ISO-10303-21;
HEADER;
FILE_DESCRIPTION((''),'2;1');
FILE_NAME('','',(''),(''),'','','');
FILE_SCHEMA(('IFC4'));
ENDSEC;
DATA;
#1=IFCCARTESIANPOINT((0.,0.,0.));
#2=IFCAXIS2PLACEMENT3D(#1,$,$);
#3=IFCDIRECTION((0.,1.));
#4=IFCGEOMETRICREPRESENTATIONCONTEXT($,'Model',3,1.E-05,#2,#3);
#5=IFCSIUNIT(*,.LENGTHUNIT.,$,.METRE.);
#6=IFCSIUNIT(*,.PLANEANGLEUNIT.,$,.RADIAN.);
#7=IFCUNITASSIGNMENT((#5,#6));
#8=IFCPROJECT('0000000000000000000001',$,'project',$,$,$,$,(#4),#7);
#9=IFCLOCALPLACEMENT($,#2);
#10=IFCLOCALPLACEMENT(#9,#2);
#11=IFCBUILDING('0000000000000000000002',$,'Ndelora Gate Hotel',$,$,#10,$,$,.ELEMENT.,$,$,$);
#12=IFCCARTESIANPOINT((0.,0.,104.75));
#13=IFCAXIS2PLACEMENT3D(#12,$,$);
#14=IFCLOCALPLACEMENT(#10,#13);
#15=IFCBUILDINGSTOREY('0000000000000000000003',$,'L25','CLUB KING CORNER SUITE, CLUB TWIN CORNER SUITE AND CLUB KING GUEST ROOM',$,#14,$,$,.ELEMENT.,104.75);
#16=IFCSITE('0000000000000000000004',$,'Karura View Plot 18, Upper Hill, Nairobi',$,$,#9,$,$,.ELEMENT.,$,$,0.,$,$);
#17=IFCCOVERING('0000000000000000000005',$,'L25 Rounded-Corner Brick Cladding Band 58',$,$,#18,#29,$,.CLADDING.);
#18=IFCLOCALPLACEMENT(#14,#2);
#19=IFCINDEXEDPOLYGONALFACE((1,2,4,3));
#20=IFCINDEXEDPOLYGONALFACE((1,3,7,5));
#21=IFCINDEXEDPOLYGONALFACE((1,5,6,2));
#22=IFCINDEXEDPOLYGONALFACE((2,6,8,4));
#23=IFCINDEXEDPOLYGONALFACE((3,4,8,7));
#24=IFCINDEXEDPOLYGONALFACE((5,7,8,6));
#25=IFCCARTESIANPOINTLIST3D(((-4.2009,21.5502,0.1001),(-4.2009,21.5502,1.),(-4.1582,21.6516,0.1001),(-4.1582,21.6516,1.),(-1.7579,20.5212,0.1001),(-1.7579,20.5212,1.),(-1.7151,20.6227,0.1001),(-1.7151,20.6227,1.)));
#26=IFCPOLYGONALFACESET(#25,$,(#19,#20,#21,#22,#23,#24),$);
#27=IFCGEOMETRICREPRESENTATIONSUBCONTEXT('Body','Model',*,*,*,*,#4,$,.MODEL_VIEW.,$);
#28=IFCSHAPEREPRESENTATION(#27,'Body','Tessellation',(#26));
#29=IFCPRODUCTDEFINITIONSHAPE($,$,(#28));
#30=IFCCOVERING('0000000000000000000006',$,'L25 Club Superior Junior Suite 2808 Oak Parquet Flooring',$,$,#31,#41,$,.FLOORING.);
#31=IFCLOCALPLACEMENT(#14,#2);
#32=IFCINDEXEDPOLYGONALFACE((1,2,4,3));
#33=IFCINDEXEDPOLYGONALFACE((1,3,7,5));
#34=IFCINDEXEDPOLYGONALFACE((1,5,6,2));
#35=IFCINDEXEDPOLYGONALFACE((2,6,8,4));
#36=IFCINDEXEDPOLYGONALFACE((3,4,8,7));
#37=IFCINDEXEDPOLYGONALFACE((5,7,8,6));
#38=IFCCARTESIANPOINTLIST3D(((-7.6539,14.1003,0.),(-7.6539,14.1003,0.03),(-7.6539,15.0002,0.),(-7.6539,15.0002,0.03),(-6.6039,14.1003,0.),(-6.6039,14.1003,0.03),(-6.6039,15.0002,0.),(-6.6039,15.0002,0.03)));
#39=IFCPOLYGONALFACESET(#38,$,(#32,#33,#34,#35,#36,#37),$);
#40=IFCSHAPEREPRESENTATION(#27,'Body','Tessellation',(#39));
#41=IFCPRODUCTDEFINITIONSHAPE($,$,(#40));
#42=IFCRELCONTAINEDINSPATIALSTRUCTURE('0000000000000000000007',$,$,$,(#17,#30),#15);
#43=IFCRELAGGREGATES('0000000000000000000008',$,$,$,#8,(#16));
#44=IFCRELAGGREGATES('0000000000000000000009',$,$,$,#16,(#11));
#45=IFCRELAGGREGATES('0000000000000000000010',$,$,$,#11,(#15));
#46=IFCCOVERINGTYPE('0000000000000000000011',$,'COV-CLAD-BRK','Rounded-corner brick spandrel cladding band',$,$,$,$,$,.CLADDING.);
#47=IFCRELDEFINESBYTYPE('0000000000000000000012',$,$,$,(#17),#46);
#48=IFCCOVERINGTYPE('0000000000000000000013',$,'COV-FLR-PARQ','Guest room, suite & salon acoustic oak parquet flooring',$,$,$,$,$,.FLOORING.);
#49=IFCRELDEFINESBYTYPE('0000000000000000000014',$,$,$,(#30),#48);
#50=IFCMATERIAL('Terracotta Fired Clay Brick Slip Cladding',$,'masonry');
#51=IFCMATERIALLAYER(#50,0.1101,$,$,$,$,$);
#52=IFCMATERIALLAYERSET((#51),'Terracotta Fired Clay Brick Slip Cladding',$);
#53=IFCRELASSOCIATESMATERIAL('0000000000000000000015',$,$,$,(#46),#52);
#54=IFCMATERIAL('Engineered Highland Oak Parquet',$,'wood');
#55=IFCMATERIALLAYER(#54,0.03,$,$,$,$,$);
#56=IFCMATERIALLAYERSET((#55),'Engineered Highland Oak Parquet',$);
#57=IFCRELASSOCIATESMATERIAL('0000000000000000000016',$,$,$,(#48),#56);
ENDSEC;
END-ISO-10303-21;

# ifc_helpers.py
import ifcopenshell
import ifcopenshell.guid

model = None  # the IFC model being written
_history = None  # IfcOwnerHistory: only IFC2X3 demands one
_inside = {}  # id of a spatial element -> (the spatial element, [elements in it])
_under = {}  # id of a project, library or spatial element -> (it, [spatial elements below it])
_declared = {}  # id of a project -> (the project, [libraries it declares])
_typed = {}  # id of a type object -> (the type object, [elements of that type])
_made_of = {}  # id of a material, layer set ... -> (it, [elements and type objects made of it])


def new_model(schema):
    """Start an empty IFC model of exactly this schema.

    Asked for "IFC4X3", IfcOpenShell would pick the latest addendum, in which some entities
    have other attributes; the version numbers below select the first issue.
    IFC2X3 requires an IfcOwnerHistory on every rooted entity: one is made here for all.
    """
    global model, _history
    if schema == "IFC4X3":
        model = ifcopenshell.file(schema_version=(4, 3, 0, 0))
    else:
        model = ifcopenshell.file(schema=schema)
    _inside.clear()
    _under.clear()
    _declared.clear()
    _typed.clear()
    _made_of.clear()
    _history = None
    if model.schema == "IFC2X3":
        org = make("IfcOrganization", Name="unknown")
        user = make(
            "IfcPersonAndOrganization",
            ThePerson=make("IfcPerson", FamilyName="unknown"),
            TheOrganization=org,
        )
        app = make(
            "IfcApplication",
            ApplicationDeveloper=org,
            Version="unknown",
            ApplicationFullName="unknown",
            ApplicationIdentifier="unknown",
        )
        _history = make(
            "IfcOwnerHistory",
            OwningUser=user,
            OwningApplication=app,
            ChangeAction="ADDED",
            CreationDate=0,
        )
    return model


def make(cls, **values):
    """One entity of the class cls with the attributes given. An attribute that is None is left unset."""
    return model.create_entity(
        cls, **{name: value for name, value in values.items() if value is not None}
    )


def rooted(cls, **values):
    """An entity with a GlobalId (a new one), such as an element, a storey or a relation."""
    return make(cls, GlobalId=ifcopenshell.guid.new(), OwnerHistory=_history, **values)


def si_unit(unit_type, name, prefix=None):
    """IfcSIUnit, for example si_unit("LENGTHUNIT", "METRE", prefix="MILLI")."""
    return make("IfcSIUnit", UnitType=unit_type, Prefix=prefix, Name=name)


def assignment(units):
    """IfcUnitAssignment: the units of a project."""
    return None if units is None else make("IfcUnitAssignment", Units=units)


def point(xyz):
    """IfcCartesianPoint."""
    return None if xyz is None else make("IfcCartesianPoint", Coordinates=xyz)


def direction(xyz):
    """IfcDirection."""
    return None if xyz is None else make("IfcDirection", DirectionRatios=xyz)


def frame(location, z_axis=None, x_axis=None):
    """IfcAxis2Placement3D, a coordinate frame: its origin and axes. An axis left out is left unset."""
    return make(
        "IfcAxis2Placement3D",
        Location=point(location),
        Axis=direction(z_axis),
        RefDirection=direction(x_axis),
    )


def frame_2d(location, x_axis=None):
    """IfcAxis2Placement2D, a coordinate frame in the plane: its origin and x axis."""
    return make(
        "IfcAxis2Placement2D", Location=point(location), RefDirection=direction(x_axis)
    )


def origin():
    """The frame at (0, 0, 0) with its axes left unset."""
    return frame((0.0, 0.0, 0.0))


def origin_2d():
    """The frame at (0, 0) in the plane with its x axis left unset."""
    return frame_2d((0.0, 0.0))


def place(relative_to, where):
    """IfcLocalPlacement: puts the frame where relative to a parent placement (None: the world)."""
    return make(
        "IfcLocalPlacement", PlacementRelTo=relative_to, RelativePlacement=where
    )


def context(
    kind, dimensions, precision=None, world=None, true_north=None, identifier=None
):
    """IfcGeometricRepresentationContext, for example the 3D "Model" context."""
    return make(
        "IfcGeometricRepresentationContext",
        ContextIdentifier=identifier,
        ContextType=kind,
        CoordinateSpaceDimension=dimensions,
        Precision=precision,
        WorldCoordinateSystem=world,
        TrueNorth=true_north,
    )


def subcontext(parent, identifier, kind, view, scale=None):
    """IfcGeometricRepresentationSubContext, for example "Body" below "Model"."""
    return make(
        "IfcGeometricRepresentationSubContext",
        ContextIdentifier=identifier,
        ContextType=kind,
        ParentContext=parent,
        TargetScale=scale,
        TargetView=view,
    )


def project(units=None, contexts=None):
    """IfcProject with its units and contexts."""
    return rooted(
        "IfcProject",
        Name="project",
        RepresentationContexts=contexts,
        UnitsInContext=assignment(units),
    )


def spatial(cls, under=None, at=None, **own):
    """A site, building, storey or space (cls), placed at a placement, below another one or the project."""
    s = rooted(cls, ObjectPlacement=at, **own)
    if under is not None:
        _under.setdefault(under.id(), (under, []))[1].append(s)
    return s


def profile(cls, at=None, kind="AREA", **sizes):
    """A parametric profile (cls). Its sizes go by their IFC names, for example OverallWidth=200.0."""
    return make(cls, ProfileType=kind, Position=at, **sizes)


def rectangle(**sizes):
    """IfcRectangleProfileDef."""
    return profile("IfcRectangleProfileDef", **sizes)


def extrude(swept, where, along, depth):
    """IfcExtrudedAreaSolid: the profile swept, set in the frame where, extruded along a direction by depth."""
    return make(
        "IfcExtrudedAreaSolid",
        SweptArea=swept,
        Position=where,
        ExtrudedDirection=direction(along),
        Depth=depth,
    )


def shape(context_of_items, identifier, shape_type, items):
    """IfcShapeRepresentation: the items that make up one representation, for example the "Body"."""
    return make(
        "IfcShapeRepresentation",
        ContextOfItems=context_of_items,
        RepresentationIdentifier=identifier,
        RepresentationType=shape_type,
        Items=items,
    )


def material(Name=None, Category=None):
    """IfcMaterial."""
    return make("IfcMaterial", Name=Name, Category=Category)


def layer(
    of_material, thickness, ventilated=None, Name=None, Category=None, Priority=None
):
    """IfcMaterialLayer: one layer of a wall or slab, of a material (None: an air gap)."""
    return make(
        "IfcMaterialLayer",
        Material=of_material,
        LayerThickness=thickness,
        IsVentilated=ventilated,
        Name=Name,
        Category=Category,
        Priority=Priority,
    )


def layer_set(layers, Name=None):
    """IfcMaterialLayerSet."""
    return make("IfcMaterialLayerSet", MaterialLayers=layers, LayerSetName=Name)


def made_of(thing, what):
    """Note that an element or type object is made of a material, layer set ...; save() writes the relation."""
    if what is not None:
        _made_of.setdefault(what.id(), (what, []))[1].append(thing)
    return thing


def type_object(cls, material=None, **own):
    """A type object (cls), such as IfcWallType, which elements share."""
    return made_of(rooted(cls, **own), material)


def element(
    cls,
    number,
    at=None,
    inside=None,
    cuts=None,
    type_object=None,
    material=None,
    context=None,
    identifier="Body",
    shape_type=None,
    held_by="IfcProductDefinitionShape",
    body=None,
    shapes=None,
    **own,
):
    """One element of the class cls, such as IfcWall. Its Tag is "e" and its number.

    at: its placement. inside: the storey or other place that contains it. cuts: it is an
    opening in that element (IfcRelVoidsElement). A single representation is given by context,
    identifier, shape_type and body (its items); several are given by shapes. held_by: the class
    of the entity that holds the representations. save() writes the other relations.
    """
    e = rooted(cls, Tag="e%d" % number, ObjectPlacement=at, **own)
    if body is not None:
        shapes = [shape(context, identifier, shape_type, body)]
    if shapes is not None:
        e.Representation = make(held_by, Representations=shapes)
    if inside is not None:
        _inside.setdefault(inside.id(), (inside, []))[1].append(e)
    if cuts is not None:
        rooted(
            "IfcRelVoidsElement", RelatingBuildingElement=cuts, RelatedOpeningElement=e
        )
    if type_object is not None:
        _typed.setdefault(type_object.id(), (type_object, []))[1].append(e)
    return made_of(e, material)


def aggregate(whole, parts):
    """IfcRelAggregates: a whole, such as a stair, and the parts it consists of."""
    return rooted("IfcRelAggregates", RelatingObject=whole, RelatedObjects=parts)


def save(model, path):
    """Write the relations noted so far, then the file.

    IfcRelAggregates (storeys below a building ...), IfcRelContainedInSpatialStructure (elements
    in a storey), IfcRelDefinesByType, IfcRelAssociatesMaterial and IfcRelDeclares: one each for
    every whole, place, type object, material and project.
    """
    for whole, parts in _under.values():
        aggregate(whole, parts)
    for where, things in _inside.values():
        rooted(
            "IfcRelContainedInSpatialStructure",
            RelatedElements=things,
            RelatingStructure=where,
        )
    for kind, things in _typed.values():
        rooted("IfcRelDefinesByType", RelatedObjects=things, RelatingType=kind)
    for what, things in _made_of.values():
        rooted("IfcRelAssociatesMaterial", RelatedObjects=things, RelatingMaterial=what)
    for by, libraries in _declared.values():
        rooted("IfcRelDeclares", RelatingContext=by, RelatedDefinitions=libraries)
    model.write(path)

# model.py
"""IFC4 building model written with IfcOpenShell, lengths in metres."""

from ifc_helpers import new_model, si_unit, direction, frame, origin, origin_2d, place, context, subcontext, project, spatial, rectangle, extrude, material, layer, layer_set, type_object, element, save


model = new_model("IFC4")

# Units and contexts
model_context = context("Model", 3, precision=1e-05, world=origin(), true_north=direction((0.0, 1.0)))
body_context = subcontext(model_context, "Body", "Model", "MODEL_VIEW")
ifc_project = project(units=[si_unit("LENGTHUNIT", "METRE"), si_unit("PLANEANGLEUNIT", "RADIAN")], contexts=[model_context])

# Site, building, storey
site_placement = place(None, origin())
site = spatial("IfcSite", under=ifc_project, at=site_placement, Name="Karura View Plot 18, Upper Hill, Nairobi", CompositionType="ELEMENT", RefElevation=0.0)
building_placement = place(site_placement, origin())
building = spatial("IfcBuilding", under=site, at=building_placement, Name="Ndelora Gate Hotel", CompositionType="ELEMENT")
storey_placement = place(building_placement, frame((0.0, 0.0, 104.75)))
storey = spatial("IfcBuildingStorey", under=building, at=storey_placement, Name="L25", Description="CLUB KING CORNER SUITE, CLUB TWIN CORNER SUITE AND CLUB KING GUEST ROOM", CompositionType="ELEMENT", Elevation=104.75)

# Coverings
ifc_material_1 = material(Name="Terracotta Fired Clay Brick Slip Cladding", Category="masonry")
ifc_layer_1 = layer(ifc_material_1, 0.1101)
ifc_layer_set_1 = layer_set([ifc_layer_1], Name="Terracotta Fired Clay Brick Slip Cladding")
covering_type_1 = type_object("IfcCoveringType", Name="COV-CLAD-BRK", Description="Rounded-corner brick spandrel cladding band", PredefinedType="CLADDING", material=ifc_layer_set_1)
covering_1_placement = place(storey_placement, frame((-2.958, 21.0864, 0.1001), z_axis=(0.0, 0.0, 1.0), x_axis=(-0.921592, 0.388159, 0.0)))
element("IfcCovering", 1, at=covering_1_placement, inside=storey, type_object=covering_type_1, Name="L25 Rounded-Corner Brick Cladding Band 58", PredefinedType="CLADDING", context=body_context, shape_type="SweptSolid", body=[
    extrude(rectangle(XDim=2.6509, YDim=0.1101, at=origin_2d()), origin(), (0.0, 0.0, 1.0), 0.8999),
])
ifc_material_2 = material(Name="Engineered Highland Oak Parquet", Category="wood")
ifc_layer_2 = layer(ifc_material_2, 0.03)
ifc_layer_set_2 = layer_set([ifc_layer_2], Name="Engineered Highland Oak Parquet")
covering_type_2 = type_object("IfcCoveringType", Name="COV-FLR-PARQ", Description="Guest room, suite & salon acoustic oak parquet flooring", PredefinedType="FLOORING", material=ifc_layer_set_2)
covering_2_placement = place(storey_placement, frame((-7.1289, 14.5503, 0.0), z_axis=(0.0, 0.0, 1.0), x_axis=(1.0, 0.0, 0.0)))
element("IfcCovering", 2, at=covering_2_placement, inside=storey, type_object=covering_type_2, Name="L25 Club Superior Junior Suite 2808 Oak Parquet Flooring", PredefinedType="FLOORING", context=body_context, shape_type="SweptSolid", body=[
    extrude(rectangle(XDim=1.05, YDim=0.8999, at=origin_2d()), origin(), (0.0, 0.0, 1.0), 0.03),
])

save(model, "model.ifc")
